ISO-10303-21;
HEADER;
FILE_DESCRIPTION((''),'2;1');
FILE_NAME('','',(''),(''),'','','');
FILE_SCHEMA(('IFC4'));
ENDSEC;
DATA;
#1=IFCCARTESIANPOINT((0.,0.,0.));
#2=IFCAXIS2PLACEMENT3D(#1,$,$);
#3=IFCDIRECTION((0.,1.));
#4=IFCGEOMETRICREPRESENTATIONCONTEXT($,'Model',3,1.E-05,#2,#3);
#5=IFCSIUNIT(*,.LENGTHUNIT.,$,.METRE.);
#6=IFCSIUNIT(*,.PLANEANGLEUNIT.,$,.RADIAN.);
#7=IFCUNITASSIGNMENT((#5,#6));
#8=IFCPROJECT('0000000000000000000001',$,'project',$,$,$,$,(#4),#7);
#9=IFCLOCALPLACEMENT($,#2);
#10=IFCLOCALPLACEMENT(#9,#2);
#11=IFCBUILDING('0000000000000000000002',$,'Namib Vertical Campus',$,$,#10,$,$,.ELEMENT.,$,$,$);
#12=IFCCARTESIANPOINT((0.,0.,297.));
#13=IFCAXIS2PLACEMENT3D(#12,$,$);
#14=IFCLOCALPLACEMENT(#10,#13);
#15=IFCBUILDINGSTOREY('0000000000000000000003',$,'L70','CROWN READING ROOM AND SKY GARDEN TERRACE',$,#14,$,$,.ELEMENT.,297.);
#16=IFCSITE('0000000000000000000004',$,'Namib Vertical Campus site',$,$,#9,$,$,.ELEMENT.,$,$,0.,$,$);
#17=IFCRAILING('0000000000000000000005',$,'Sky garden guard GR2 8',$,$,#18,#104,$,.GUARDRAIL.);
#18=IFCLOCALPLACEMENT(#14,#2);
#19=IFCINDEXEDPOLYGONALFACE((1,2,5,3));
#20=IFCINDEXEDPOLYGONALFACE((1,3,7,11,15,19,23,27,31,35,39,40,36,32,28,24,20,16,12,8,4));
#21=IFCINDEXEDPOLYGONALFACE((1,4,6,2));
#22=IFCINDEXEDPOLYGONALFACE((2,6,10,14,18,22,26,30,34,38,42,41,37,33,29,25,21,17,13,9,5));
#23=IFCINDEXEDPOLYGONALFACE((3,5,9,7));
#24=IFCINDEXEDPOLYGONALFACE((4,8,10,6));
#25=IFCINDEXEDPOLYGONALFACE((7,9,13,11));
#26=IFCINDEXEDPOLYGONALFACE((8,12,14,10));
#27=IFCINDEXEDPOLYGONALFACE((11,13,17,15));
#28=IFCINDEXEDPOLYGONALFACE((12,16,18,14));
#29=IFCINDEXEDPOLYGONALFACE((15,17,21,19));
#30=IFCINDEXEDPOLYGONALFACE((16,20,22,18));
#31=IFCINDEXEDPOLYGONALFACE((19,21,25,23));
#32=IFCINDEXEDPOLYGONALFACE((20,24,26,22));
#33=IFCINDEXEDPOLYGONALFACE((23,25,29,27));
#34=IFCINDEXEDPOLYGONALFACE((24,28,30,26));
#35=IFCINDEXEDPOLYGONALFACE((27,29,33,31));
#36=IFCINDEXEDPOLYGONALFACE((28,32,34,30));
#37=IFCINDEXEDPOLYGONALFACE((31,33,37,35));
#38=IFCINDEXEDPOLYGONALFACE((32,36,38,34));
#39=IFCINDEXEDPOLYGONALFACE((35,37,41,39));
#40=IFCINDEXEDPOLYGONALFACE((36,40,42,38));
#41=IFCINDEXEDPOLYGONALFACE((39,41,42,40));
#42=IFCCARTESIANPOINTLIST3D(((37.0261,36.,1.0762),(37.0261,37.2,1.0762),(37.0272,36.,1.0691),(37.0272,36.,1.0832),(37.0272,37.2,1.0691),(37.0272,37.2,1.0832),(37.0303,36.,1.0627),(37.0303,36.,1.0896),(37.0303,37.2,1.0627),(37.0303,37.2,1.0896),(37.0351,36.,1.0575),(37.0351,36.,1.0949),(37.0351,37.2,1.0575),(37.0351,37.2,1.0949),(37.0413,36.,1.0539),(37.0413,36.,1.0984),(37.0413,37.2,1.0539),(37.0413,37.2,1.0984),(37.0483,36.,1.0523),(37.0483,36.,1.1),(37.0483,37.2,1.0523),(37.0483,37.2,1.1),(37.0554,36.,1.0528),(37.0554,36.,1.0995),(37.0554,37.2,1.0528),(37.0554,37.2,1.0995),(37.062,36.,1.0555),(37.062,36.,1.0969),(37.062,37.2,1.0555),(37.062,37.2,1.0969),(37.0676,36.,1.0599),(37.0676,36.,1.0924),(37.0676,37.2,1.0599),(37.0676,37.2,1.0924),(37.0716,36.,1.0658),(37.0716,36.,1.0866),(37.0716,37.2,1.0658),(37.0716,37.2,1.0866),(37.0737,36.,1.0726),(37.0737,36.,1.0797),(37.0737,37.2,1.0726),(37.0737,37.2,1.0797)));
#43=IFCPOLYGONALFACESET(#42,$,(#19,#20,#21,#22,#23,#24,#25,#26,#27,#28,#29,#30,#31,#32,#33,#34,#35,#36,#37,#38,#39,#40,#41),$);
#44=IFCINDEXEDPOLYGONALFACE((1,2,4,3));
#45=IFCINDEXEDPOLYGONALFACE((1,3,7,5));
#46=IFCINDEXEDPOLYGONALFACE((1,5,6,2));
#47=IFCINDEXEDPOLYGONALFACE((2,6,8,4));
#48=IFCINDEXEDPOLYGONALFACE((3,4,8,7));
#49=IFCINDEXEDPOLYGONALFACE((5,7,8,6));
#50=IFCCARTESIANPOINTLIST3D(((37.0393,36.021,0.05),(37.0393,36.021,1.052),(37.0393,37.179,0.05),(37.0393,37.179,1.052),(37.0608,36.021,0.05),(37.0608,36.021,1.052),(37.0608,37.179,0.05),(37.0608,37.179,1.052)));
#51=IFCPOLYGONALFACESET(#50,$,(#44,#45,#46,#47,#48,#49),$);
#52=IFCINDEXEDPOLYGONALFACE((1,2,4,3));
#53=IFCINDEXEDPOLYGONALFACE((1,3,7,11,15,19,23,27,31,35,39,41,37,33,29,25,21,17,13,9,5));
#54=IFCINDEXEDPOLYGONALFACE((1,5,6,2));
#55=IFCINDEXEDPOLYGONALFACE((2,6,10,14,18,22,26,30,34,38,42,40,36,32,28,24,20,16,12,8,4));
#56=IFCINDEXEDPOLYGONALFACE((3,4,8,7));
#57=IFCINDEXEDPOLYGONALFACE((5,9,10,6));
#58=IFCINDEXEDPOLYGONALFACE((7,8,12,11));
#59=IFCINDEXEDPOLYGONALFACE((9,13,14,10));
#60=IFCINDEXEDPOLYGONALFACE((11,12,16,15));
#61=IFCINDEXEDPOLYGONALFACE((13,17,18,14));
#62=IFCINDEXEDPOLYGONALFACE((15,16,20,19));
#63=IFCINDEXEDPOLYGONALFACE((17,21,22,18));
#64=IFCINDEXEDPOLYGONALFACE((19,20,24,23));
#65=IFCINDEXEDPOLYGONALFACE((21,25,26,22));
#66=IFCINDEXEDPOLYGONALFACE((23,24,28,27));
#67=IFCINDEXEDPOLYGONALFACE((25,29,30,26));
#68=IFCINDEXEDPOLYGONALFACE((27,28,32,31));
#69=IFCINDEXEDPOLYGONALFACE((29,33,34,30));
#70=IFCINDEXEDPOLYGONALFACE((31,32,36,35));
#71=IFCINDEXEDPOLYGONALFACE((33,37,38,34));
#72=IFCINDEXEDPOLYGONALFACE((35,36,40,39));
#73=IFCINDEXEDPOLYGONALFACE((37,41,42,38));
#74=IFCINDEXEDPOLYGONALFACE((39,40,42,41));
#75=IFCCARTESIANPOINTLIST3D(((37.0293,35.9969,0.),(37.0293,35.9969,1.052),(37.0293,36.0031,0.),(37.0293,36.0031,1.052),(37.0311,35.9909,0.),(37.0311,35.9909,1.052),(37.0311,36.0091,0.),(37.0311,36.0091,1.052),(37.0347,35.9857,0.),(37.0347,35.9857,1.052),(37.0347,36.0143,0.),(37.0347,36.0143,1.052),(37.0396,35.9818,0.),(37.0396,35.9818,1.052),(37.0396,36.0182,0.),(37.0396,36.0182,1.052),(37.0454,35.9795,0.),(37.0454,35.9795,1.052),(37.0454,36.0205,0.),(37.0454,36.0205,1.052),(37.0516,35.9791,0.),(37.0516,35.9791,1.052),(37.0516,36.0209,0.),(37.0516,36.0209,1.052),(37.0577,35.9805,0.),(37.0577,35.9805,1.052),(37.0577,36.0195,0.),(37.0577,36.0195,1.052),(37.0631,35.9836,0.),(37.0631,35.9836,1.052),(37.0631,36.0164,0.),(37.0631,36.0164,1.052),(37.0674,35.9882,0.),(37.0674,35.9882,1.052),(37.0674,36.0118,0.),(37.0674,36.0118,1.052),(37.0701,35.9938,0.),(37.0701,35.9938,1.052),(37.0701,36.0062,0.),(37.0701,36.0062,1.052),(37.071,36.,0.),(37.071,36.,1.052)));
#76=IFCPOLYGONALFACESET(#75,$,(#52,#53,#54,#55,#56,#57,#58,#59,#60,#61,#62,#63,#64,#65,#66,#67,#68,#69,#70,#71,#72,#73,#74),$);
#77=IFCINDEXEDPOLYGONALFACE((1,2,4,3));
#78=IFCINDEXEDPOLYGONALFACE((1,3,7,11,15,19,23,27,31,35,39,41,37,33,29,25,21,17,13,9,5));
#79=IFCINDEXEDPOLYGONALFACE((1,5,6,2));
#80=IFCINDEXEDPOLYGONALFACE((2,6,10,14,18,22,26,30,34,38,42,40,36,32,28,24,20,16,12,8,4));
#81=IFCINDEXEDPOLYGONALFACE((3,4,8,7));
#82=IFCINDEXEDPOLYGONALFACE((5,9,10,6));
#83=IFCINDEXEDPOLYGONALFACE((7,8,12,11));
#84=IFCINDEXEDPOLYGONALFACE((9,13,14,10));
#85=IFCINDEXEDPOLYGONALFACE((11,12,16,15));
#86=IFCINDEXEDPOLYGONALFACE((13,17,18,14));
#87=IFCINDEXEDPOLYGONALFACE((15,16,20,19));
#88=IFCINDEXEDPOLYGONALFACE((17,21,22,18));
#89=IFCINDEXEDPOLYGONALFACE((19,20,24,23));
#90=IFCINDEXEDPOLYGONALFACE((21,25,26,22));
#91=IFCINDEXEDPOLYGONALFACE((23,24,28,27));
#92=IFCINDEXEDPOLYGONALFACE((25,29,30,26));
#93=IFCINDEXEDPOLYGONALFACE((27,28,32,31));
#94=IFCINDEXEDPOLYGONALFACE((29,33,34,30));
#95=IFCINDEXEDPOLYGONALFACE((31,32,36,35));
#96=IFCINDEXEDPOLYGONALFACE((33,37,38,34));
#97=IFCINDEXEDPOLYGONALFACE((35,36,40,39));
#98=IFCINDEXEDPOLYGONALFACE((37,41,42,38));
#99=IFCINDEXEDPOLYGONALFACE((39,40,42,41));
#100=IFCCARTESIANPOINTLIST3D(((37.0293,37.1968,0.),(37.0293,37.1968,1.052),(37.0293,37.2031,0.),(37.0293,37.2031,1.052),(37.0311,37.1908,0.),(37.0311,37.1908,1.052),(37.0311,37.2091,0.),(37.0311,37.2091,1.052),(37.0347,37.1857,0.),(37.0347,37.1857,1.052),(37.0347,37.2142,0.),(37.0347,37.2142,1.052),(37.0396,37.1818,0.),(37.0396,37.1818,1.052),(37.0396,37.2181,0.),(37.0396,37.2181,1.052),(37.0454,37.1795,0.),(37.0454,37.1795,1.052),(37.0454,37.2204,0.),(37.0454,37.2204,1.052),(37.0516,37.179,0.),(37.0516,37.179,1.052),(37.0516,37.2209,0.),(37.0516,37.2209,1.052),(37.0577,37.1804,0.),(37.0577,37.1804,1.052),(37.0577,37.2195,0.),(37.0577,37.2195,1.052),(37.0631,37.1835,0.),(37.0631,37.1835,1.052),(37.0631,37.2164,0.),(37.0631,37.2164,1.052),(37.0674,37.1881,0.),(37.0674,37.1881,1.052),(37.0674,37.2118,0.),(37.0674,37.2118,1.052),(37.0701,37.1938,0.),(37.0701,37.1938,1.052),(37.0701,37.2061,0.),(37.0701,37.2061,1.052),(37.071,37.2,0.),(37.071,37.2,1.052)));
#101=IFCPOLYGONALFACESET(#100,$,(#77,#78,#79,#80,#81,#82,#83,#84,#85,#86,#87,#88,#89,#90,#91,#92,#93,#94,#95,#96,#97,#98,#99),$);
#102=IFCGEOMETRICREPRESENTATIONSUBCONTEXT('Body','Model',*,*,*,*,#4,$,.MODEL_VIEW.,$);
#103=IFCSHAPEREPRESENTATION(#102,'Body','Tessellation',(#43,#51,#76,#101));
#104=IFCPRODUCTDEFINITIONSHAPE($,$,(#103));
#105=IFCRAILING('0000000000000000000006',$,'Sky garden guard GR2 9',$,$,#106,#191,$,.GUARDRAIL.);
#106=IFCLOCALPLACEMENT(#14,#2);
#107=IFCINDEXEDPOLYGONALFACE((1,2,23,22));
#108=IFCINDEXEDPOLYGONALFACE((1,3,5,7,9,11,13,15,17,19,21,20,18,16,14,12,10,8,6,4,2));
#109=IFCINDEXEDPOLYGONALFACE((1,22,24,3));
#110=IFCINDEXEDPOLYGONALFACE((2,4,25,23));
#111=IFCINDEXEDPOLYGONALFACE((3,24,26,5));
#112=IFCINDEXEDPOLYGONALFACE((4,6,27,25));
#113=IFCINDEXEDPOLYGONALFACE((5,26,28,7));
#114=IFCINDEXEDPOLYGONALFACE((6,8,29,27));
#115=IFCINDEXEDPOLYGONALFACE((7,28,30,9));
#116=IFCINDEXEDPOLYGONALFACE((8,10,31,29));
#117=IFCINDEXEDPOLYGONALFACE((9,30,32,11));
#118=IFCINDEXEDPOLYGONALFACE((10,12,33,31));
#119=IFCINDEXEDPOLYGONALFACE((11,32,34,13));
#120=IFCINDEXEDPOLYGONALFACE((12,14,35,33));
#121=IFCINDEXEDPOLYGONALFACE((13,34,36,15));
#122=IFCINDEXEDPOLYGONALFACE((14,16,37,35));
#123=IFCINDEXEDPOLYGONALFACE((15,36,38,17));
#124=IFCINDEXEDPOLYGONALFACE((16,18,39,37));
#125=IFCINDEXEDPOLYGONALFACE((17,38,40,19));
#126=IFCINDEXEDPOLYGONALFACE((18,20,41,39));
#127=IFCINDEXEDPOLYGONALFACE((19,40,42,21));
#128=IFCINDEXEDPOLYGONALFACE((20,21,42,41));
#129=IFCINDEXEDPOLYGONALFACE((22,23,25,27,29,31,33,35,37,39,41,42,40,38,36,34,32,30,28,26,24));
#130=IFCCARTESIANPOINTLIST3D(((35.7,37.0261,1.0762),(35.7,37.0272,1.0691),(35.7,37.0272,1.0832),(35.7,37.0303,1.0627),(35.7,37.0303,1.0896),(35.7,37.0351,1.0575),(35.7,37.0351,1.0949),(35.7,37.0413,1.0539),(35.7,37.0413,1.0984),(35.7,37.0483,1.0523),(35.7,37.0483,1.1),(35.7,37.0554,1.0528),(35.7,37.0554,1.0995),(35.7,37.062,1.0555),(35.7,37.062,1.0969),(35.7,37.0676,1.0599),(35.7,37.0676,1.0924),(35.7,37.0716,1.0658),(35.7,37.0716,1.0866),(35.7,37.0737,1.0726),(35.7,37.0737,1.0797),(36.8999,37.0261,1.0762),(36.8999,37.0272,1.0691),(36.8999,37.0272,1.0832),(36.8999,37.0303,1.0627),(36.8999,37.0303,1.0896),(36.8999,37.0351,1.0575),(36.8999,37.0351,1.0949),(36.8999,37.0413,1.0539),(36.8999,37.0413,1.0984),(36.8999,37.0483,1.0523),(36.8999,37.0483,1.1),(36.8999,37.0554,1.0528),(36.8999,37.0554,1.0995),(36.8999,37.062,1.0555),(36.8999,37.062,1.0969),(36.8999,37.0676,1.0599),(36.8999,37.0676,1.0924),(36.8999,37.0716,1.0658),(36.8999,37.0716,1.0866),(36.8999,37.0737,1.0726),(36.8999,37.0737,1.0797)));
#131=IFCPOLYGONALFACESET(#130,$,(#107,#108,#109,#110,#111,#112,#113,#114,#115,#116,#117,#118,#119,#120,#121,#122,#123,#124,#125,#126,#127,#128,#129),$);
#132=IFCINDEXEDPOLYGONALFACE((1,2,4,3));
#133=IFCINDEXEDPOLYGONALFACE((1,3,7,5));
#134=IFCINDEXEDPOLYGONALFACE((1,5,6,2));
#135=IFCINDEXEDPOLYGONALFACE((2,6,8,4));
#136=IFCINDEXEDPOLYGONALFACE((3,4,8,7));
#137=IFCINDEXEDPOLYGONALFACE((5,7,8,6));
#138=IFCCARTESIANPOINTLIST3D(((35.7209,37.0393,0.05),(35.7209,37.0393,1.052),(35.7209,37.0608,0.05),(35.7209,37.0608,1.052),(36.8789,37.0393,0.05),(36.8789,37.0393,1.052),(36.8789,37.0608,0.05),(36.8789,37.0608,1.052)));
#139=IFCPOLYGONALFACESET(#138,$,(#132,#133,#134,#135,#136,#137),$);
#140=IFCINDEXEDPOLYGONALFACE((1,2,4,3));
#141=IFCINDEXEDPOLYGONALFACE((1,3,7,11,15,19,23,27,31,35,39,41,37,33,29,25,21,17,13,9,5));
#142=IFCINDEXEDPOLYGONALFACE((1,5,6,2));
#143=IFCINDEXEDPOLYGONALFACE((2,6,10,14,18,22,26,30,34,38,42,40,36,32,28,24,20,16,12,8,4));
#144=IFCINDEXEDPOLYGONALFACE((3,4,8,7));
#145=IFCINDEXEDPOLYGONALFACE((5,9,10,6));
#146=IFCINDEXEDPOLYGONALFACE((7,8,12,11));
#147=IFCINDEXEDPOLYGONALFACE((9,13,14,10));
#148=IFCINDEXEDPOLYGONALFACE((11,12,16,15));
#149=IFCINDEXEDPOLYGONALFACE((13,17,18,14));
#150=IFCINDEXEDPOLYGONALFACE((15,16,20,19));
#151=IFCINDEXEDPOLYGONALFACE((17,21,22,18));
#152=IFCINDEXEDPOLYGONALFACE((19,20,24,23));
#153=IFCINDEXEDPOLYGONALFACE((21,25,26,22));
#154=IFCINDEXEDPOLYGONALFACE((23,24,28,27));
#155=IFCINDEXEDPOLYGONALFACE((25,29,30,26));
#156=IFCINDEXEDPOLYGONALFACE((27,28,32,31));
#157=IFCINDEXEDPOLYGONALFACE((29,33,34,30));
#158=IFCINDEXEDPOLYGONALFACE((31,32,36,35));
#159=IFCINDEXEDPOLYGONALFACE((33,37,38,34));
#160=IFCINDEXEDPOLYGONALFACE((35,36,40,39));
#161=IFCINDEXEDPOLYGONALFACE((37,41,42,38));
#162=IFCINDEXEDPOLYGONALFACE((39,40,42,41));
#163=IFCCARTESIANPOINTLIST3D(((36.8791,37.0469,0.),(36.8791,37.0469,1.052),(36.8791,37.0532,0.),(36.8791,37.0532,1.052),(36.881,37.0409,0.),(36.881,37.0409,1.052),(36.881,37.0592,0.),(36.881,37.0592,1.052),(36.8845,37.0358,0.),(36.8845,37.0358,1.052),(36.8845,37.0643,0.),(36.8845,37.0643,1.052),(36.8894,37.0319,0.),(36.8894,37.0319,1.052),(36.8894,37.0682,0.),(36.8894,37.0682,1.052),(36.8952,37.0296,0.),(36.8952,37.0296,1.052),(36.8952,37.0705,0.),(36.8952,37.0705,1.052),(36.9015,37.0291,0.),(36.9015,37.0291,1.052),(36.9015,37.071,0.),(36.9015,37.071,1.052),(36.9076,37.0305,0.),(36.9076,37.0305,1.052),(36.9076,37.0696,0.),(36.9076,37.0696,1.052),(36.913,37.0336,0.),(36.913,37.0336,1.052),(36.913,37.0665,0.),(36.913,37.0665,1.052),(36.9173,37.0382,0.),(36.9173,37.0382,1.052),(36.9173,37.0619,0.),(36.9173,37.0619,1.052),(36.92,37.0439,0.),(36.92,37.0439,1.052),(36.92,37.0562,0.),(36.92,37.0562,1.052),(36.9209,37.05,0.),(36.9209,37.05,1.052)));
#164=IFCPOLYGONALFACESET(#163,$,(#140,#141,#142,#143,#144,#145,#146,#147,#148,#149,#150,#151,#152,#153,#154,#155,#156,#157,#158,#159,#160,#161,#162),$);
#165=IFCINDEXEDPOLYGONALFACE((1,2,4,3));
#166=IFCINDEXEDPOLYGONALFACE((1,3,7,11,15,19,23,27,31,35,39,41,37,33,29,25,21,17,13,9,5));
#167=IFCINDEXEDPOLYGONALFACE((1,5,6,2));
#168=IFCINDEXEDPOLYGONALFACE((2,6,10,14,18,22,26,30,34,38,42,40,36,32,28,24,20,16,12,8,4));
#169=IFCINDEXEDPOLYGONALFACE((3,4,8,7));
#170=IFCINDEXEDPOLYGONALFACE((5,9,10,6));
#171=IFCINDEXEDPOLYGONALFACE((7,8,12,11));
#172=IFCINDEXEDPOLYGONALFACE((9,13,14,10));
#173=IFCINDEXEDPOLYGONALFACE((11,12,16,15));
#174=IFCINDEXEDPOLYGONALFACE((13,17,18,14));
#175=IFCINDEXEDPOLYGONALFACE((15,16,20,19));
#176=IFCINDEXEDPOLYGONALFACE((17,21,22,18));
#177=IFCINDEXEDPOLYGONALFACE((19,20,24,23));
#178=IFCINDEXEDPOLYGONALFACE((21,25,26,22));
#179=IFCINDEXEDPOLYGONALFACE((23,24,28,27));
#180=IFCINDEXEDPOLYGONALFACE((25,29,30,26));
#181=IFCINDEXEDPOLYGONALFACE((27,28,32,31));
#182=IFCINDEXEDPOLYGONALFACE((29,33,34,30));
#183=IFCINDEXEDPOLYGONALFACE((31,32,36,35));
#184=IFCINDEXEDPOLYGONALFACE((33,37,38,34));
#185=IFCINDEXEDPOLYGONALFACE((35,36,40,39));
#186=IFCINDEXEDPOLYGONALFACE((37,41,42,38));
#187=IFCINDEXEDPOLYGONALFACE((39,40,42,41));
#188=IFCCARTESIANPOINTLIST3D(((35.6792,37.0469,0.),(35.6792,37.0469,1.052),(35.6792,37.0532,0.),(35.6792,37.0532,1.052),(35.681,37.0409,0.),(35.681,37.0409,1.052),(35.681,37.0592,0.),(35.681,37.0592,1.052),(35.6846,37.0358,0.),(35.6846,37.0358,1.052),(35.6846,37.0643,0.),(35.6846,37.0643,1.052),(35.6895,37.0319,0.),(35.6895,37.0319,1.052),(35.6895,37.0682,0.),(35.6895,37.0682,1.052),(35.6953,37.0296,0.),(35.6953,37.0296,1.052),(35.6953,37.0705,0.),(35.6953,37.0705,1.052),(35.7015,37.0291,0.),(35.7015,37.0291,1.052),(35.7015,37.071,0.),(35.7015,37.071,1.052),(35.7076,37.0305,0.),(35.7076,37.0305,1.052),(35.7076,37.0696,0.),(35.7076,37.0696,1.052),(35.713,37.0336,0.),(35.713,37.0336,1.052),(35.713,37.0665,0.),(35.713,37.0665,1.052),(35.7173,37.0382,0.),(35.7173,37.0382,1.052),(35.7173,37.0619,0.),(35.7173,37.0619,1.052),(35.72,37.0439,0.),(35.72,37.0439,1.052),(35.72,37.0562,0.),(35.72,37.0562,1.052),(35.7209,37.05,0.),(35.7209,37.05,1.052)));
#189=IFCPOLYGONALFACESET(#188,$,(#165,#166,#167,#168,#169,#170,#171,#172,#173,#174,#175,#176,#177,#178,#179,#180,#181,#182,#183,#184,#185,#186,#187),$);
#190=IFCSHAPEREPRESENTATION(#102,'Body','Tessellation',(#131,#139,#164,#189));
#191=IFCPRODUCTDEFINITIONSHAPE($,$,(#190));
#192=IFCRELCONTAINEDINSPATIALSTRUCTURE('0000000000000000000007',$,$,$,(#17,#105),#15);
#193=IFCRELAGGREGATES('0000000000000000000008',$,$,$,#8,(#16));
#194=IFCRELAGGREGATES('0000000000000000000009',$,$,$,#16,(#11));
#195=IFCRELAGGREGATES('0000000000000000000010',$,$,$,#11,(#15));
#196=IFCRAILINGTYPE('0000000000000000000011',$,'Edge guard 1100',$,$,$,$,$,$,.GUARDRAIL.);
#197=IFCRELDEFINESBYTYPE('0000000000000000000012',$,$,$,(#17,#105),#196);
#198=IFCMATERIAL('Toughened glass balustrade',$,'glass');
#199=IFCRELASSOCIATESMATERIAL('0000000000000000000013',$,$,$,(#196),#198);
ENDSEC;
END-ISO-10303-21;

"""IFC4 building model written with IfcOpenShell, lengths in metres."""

from ifc_helpers import new_model, si_unit, direction, frame, origin, origin_2d, place, context, subcontext, project, spatial, polyline, circle, outline, extrude, material, type_object, element, save


model = new_model("IFC4")

# Units and contexts
model_context = context("Model", 3, precision=1e-05, world=origin(), true_north=direction((0.0, 1.0)))
body_context = subcontext(model_context, "Body", "Model", "MODEL_VIEW")
ifc_project = project(units=[si_unit("LENGTHUNIT", "METRE"), si_unit("PLANEANGLEUNIT", "RADIAN")], contexts=[model_context])

# Site, building, storey
site_placement = place(None, origin())
site = spatial("IfcSite", under=ifc_project, at=site_placement, Name="Namib Vertical Campus site", CompositionType="ELEMENT", RefElevation=0.0)
building_placement = place(site_placement, origin())
building = spatial("IfcBuilding", under=site, at=building_placement, Name="Namib Vertical Campus", CompositionType="ELEMENT")
storey_placement = place(building_placement, frame((0.0, 0.0, 297.0)))
storey = spatial("IfcBuildingStorey", under=building, at=storey_placement, Name="L70", Description="CROWN READING ROOM AND SKY GARDEN TERRACE", CompositionType="ELEMENT", Elevation=297.0)

# Railings
ifc_material_1 = material(Name="Toughened glass balustrade", Category="glass")
railing_type = type_object("IfcRailingType", Name="Edge guard 1100", PredefinedType="GUARDRAIL", material=ifc_material_1)
railing_1_placement = place(storey_placement, frame((37.05, 36.0, 0.0)))
element("IfcRailing", 1, at=railing_1_placement, inside=storey, type_object=railing_type, Name="Sky garden guard GR2 8", PredefinedType="GUARDRAIL", context=body_context, shape_type="SweptSolid", body=[
    extrude(circle(Radius=0.0239, at=origin_2d()), frame((0.0, 0.0, 1.0762), z_axis=(0.0, 1.0, 0.0), x_axis=(-1.0, 0.0, 0.0)), (0.0, 0.0, 1.0), 1.2),
    extrude(outline(polyline([(0.021, 0.05), (1.179, 0.05), (1.179, 1.052), (0.021, 1.052), (0.021, 0.05)])), frame((-0.0107, 0.0, 0.0), z_axis=(1.0, 0.0, 0.0), x_axis=(0.0, 1.0, 0.0)), (0.0, 0.0, 1.0), 0.0215),
    extrude(circle(Radius=0.021, at=origin_2d()), origin(), (0.0, 0.0, 1.0), 1.052),
    extrude(circle(Radius=0.021, at=origin_2d()), frame((0.0, 1.2, 0.0)), (0.0, 0.0, 1.0), 1.052),
])
railing_2_placement = place(storey_placement, frame((36.8999, 37.05, 0.0)))
element("IfcRailing", 2, at=railing_2_placement, inside=storey, type_object=railing_type, Name="Sky garden guard GR2 9", PredefinedType="GUARDRAIL", context=body_context, shape_type="SweptSolid", body=[
    extrude(circle(Radius=0.0239, at=origin_2d()), frame((0.0, 0.0, 1.0762), z_axis=(-1.0, 0.0, 0.0), x_axis=(0.0, -1.0, 0.0)), (0.0, 0.0, 1.0), 1.2),
    extrude(outline(polyline([(0.021, 0.05), (1.179, 0.05), (1.179, 1.052), (0.021, 1.052), (0.021, 0.05)])), frame((0.0, -0.0107, 0.0), z_axis=(0.0, 1.0, 0.0), x_axis=(-1.0, 0.0, 0.0)), (0.0, 0.0, 1.0), 0.0215),
    extrude(circle(Radius=0.021, at=origin_2d()), origin(), (0.0, 0.0, 1.0), 1.052),
    extrude(circle(Radius=0.021, at=origin_2d()), frame((-1.2, 0.0, 0.0)), (0.0, 0.0, 1.0), 1.052),
])

save(model, "model.ifc")
